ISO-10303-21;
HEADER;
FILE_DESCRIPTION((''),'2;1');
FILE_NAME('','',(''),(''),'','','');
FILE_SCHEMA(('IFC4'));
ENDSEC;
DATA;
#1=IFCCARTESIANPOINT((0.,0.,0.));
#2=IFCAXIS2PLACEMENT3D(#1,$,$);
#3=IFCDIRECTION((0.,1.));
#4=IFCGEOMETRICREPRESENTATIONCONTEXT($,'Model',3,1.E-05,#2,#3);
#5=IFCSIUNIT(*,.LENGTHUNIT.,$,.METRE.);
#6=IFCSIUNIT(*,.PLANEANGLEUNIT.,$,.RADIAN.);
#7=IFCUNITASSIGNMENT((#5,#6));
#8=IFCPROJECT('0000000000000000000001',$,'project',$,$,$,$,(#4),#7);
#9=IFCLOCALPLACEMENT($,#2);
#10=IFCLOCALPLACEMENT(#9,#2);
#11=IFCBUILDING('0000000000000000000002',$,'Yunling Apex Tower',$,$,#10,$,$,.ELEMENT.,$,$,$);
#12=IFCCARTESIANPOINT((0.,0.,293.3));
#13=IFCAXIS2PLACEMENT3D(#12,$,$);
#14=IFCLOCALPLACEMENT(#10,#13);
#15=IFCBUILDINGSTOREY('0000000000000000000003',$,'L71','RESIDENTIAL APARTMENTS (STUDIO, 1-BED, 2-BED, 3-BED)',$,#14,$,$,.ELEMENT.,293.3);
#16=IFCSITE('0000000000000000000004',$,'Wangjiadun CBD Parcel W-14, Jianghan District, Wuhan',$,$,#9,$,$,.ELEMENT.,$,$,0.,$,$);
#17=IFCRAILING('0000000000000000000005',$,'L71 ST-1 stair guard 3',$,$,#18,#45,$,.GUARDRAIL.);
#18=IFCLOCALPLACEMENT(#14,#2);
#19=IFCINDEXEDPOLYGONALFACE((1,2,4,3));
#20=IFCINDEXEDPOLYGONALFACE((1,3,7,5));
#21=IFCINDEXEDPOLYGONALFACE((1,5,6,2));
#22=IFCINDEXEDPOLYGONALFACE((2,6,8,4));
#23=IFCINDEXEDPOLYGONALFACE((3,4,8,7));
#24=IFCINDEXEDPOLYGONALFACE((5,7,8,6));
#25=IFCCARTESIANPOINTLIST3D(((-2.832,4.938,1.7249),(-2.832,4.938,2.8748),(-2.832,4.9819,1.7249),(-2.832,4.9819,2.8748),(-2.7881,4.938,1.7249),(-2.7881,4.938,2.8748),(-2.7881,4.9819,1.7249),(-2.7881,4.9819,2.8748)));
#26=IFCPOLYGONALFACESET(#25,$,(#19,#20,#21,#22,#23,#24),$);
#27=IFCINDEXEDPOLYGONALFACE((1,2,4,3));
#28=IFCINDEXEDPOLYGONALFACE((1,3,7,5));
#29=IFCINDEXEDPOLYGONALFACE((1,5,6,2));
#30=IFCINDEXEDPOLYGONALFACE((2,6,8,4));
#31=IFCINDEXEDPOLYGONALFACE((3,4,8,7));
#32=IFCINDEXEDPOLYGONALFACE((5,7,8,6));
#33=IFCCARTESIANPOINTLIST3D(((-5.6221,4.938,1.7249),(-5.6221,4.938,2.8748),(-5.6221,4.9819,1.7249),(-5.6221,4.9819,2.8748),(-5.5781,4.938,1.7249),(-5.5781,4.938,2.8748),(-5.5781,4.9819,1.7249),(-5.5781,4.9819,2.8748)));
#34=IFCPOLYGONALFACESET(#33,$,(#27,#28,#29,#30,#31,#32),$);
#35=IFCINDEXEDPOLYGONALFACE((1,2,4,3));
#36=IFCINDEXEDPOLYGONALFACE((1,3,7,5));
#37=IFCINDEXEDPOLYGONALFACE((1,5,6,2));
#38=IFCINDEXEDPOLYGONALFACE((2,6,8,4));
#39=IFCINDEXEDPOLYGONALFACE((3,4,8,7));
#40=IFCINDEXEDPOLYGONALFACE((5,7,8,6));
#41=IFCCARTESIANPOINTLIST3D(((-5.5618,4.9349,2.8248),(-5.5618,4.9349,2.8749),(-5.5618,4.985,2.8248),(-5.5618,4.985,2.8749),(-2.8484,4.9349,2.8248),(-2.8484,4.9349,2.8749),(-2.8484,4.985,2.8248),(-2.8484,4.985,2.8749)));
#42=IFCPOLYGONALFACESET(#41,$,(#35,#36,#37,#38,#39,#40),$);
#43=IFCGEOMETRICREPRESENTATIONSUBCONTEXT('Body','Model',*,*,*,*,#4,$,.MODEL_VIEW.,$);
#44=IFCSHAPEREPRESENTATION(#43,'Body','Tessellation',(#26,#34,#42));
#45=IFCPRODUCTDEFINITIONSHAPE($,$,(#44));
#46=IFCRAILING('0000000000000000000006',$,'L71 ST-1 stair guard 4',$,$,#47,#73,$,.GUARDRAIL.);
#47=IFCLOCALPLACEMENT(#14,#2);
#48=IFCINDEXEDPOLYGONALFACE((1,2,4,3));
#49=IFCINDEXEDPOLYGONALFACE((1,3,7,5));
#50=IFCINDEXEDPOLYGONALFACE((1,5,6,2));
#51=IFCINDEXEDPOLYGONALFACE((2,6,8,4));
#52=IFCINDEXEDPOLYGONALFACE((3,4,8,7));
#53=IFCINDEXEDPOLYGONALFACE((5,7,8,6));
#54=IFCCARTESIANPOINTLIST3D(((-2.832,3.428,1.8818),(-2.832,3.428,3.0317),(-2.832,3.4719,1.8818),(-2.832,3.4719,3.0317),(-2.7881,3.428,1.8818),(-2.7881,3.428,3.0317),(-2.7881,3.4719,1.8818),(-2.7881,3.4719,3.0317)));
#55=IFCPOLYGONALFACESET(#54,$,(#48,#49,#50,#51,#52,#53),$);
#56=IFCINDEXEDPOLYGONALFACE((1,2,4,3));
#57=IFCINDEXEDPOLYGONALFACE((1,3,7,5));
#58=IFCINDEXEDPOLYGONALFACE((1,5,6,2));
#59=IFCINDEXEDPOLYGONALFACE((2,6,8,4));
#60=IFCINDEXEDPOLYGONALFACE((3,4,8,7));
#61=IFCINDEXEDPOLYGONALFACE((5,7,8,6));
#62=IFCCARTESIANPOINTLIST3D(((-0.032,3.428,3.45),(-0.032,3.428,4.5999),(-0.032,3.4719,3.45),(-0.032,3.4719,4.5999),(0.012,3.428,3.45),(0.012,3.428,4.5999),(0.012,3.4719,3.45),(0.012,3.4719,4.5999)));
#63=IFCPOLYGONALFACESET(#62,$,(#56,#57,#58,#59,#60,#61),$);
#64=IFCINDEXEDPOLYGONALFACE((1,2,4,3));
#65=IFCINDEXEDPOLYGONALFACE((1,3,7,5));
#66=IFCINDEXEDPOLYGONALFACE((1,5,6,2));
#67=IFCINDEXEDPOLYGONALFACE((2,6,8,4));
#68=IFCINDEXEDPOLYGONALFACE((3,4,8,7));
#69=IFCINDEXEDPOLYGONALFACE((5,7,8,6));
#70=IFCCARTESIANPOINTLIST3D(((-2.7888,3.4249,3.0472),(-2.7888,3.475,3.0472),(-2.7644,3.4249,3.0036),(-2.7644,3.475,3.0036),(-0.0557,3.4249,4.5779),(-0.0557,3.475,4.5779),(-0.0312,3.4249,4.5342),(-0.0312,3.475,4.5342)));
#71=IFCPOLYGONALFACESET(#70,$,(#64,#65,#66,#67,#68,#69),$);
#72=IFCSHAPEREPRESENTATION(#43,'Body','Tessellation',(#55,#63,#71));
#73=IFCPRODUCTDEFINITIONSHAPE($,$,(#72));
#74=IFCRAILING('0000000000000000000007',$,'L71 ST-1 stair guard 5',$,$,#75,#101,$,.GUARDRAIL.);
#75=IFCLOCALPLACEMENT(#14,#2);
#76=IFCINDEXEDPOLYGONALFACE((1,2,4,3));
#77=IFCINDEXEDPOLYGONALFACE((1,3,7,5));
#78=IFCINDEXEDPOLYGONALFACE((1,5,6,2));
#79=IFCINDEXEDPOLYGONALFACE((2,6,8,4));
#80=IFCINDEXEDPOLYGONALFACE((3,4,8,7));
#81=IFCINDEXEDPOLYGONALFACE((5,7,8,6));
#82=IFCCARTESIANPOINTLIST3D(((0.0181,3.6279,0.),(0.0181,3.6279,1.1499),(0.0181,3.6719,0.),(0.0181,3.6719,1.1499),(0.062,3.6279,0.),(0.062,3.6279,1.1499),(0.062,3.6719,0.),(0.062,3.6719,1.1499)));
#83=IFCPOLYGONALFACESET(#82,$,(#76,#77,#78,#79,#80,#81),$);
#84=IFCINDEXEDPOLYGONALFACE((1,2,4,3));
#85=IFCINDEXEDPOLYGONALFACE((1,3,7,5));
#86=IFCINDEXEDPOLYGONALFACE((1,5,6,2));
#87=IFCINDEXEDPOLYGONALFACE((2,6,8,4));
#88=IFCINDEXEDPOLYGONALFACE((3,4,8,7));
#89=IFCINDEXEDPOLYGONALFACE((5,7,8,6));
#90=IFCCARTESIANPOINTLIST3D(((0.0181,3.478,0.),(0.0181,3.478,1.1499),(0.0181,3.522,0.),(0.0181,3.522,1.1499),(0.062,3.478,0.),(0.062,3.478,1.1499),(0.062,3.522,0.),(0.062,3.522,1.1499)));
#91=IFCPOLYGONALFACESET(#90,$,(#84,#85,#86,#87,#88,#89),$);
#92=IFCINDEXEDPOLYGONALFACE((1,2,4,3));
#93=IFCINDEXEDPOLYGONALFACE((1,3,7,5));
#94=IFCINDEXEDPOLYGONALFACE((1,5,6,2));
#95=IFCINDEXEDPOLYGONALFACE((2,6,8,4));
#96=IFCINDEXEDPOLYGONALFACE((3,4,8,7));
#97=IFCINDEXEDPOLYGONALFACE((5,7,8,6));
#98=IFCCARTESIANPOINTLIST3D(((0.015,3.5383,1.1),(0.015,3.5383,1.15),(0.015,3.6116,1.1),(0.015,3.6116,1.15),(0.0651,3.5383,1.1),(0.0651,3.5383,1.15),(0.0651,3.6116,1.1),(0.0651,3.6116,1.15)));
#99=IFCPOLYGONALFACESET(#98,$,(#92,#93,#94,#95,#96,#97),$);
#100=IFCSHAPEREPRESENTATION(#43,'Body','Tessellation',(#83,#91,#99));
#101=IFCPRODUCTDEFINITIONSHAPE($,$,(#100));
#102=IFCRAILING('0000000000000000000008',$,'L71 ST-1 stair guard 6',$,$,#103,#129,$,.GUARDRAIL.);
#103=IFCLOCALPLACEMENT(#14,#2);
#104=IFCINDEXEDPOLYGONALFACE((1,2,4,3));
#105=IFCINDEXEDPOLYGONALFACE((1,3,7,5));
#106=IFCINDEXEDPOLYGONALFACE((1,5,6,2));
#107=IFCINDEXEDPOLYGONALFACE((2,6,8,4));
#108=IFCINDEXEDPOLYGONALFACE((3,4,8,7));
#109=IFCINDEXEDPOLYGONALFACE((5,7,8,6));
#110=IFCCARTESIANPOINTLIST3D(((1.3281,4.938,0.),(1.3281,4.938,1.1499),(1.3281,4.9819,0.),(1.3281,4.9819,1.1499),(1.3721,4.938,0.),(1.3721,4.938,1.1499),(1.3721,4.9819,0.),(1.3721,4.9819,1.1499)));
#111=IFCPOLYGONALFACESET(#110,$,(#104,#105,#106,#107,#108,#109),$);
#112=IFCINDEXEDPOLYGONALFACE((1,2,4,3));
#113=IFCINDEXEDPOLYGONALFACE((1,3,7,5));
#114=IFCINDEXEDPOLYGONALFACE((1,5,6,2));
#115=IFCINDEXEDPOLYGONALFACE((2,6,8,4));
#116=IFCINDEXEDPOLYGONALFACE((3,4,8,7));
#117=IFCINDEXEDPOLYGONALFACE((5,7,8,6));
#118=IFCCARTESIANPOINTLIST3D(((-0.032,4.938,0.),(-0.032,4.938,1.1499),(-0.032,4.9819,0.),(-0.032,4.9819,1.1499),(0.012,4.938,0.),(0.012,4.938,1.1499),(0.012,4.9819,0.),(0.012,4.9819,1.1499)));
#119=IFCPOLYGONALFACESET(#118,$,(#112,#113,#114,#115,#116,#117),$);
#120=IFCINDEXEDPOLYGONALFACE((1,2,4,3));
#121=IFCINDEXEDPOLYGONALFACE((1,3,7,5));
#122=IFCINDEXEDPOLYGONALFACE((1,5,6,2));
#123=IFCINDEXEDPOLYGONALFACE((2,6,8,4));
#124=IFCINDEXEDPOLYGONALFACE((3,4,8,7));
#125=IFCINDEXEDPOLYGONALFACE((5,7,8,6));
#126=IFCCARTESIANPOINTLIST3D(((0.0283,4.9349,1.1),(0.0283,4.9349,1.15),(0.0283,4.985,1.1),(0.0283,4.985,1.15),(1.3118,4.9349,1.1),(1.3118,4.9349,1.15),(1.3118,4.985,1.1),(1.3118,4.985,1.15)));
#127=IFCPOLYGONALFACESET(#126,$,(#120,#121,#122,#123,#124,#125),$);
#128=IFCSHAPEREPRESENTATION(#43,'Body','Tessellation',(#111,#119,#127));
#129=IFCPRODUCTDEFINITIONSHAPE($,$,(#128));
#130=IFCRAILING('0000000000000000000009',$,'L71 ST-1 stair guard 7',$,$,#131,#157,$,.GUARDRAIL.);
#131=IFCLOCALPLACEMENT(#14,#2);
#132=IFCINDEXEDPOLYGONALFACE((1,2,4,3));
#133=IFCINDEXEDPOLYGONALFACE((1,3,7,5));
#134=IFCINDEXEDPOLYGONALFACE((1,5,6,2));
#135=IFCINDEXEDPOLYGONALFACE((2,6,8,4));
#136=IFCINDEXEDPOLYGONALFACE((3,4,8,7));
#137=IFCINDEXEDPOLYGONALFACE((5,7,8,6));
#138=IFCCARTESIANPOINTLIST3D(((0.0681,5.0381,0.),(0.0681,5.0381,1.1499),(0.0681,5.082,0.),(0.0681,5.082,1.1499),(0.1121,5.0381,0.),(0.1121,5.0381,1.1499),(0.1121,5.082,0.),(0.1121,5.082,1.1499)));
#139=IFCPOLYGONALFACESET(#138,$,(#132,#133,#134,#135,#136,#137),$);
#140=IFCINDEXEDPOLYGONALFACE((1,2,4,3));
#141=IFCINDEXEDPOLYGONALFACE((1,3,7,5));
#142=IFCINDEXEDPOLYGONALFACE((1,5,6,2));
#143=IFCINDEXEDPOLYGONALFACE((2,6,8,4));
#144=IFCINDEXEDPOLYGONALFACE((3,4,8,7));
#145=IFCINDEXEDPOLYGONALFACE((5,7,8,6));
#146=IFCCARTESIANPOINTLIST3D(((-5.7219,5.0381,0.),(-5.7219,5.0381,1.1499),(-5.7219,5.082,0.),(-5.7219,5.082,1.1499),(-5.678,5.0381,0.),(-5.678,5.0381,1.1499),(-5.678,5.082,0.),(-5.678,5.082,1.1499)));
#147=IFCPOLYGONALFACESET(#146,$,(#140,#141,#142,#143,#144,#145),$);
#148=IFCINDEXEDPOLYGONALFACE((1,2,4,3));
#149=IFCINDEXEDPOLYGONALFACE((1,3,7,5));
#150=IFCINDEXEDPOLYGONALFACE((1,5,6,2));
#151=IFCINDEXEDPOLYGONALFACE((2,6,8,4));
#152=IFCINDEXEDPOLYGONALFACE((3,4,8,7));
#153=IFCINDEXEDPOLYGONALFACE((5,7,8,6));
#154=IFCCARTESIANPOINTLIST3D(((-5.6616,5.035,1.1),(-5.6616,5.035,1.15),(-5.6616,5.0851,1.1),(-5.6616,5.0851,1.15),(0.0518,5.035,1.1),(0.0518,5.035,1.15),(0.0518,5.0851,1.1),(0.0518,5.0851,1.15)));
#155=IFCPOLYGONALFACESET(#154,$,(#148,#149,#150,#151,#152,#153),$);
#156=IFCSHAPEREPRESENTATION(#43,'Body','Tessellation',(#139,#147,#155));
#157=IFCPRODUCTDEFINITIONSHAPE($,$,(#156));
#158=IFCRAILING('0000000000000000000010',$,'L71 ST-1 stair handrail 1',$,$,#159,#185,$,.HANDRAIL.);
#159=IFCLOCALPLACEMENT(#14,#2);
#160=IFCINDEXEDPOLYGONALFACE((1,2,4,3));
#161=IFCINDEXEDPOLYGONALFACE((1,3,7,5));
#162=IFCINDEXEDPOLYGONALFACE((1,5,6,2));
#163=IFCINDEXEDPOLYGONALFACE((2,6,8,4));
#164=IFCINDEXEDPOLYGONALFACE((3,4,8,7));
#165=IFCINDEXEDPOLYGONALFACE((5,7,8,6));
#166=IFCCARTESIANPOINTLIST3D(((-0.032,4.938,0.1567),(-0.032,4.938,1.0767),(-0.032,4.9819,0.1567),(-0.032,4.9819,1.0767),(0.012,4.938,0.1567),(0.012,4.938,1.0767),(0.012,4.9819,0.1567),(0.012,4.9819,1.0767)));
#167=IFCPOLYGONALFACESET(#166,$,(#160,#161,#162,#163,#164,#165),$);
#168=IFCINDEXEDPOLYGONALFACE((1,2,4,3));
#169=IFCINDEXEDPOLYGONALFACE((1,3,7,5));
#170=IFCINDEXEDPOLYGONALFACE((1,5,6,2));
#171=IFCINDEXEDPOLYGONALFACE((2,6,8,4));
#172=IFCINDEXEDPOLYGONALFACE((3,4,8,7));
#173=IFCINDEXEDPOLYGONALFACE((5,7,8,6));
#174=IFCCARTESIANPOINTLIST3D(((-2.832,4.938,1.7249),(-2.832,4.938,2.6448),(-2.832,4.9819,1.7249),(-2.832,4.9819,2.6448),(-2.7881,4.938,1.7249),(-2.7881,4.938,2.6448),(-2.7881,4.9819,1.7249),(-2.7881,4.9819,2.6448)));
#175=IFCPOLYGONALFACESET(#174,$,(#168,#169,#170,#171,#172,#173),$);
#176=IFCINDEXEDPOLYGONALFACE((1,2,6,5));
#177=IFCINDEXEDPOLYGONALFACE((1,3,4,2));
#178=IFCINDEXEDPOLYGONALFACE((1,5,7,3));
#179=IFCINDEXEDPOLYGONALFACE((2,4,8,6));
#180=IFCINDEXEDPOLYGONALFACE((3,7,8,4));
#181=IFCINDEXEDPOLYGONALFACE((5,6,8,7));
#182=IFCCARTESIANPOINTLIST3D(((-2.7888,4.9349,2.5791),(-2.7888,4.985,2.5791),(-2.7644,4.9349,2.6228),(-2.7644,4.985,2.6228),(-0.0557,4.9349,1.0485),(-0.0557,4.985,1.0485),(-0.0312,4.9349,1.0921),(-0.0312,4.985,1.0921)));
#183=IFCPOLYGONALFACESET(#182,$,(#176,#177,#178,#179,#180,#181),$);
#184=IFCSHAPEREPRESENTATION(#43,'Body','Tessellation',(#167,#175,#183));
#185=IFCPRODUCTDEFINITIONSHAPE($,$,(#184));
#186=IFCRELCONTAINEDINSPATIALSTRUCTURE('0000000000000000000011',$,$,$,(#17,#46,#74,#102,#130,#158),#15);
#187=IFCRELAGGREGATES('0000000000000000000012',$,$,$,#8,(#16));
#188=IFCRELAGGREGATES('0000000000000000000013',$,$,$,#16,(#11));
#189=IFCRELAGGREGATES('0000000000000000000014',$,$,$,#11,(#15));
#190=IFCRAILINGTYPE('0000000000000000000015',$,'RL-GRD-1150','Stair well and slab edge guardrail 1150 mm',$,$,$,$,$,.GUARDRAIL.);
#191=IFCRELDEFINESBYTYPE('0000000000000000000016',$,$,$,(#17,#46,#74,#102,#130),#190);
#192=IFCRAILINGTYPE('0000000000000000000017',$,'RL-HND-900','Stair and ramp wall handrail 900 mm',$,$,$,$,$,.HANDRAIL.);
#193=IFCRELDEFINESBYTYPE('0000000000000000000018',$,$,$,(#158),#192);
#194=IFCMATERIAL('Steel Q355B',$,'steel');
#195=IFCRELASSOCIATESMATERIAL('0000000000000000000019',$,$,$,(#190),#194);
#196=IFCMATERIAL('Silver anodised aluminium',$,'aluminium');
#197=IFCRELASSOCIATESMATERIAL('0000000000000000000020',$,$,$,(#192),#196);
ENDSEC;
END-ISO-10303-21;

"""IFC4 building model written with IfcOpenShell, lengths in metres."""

from ifc_helpers import new_model, si_unit, direction, frame, origin, origin_2d, place, context, subcontext, project, spatial, rectangle, extrude, material, type_object, element, save


model = new_model("IFC4")

# Units and contexts
model_context = context("Model", 3, precision=1e-05, world=origin(), true_north=direction((0.0, 1.0)))
body_context = subcontext(model_context, "Body", "Model", "MODEL_VIEW")
ifc_project = project(units=[si_unit("LENGTHUNIT", "METRE"), si_unit("PLANEANGLEUNIT", "RADIAN")], contexts=[model_context])

# Site, building, storey
site_placement = place(None, origin())
site = spatial("IfcSite", under=ifc_project, at=site_placement, Name="Wangjiadun CBD Parcel W-14, Jianghan District, Wuhan", CompositionType="ELEMENT", RefElevation=0.0)
building_placement = place(site_placement, origin())
building = spatial("IfcBuilding", under=site, at=building_placement, Name="Yunling Apex Tower", CompositionType="ELEMENT")
storey_placement = place(building_placement, frame((0.0, 0.0, 293.3)))
storey = spatial("IfcBuildingStorey", under=building, at=storey_placement, Name="L71", Description="RESIDENTIAL APARTMENTS (STUDIO, 1-BED, 2-BED, 3-BED)", CompositionType="ELEMENT", Elevation=293.3)

# Shared definitions
ifc_material_1 = material(Name="Steel Q355B", Category="steel")

# Railings
railing_type_1 = type_object("IfcRailingType", Name="RL-GRD-1150", Description="Stair well and slab edge guardrail 1150 mm", PredefinedType="GUARDRAIL", material=ifc_material_1)
railing_1_placement = place(storey_placement, frame((-2.8101, 4.96, 1.7249)))
element("IfcRailing", 1, at=railing_1_placement, inside=storey, type_object=railing_type_1, Name="L71 ST-1 stair guard 3", PredefinedType="GUARDRAIL", context=body_context, shape_type="SweptSolid", body=[
    extrude(rectangle(XDim=0.0439, YDim=0.0439, at=origin_2d()), origin(), (0.0, 0.0, 1.0), 1.1499),
    extrude(rectangle(XDim=0.0439, YDim=0.0439, at=origin_2d()), frame((-2.79, 0.0, 0.0)), (0.0, 0.0, 1.0), 1.1499),
    extrude(rectangle(XDim=0.05, YDim=0.05, at=origin_2d()), frame((-0.0383, 0.0, 1.125), z_axis=(-1.0, 0.0, 0.0), x_axis=(0.0, -1.0, 0.0)), (0.0, 0.0, 1.0), 2.7134),
])
railing_2_placement = place(storey_placement, frame((-2.8101, 3.45, 1.8818)))
element("IfcRailing", 2, at=railing_2_placement, inside=storey, type_object=railing_type_1, Name="L71 ST-1 stair guard 4", PredefinedType="GUARDRAIL", context=body_context, shape_type="SweptSolid", body=[
    extrude(rectangle(XDim=0.0439, YDim=0.0439, at=origin_2d()), origin(), (0.0, 0.0, 1.0), 1.1499),
    extrude(rectangle(XDim=0.0439, YDim=0.0439, at=origin_2d()), frame((2.8, 0.0, 1.5681)), (0.0, 0.0, 1.0), 1.1499),
    extrude(rectangle(XDim=0.05, YDim=0.05, at=origin_2d()), frame((0.0334, 0.0, 1.1436), z_axis=(0.872494, 0.0, 0.488624), x_axis=(0.0, 1.0, 0.0)), (0.0, 0.0, 1.0), 3.1326),
])
railing_3_placement = place(storey_placement, frame((0.04, 3.6499, 0.0)))
element("IfcRailing", 3, at=railing_3_placement, inside=storey, type_object=railing_type_1, Name="L71 ST-1 stair guard 5", PredefinedType="GUARDRAIL", context=body_context, shape_type="SweptSolid", body=[
    extrude(rectangle(XDim=0.0439, YDim=0.0439, at=origin_2d()), origin(), (0.0, 0.0, 1.0), 1.1499),
    extrude(rectangle(XDim=0.0439, YDim=0.0439, at=origin_2d()), frame((0.0, -0.1499, 0.0)), (0.0, 0.0, 1.0), 1.1499),
    extrude(rectangle(XDim=0.05, YDim=0.05, at=origin_2d()), frame((0.0, -0.0383, 1.125), z_axis=(0.0, -1.0, 0.0), x_axis=(1.0, 0.0, 0.0)), (0.0, 0.0, 1.0), 0.0732),
])
railing_4_placement = place(storey_placement, frame((1.3501, 4.96, 0.0)))
element("IfcRailing", 4, at=railing_4_placement, inside=storey, type_object=railing_type_1, Name="L71 ST-1 stair guard 6", PredefinedType="GUARDRAIL", context=body_context, shape_type="SweptSolid", body=[
    extrude(rectangle(XDim=0.0439, YDim=0.0439, at=origin_2d()), origin(), (0.0, 0.0, 1.0), 1.1499),
    extrude(rectangle(XDim=0.0439, YDim=0.0439, at=origin_2d()), frame((-1.3601, 0.0, 0.0)), (0.0, 0.0, 1.0), 1.1499),
    extrude(rectangle(XDim=0.05, YDim=0.05, at=origin_2d()), frame((-0.0383, 0.0, 1.125), z_axis=(-1.0, 0.0, 0.0), x_axis=(0.0, -1.0, 0.0)), (0.0, 0.0, 1.0), 1.2834),
])
railing_5_placement = place(storey_placement, frame((0.0901, 5.0601, 0.0)))
element("IfcRailing", 5, at=railing_5_placement, inside=storey, type_object=railing_type_1, Name="L71 ST-1 stair guard 7", PredefinedType="GUARDRAIL", context=body_context, shape_type="SweptSolid", body=[
    extrude(rectangle(XDim=0.0439, YDim=0.0439, at=origin_2d()), origin(), (0.0, 0.0, 1.0), 1.1499),
    extrude(rectangle(XDim=0.0439, YDim=0.0439, at=origin_2d()), frame((-5.79, 0.0, 0.0)), (0.0, 0.0, 1.0), 1.1499),
    extrude(rectangle(XDim=0.05, YDim=0.05, at=origin_2d()), frame((-0.0383, 0.0, 1.125), z_axis=(-1.0, 0.0, 0.0), x_axis=(0.0, -1.0, 0.0)), (0.0, 0.0, 1.0), 5.7134),
])
ifc_material_2 = material(Name="Silver anodised aluminium", Category="aluminium")
railing_type_2 = type_object("IfcRailingType", Name="RL-HND-900", Description="Stair and ramp wall handrail 900 mm", PredefinedType="HANDRAIL", material=ifc_material_2)
railing_6_placement = place(storey_placement, frame((-0.01, 4.96, 0.1567)))
element("IfcRailing", 6, at=railing_6_placement, inside=storey, type_object=railing_type_2, Name="L71 ST-1 stair handrail 1", PredefinedType="HANDRAIL", context=body_context, shape_type="SweptSolid", body=[
    extrude(rectangle(XDim=0.0439, YDim=0.0439, at=origin_2d()), origin(), (0.0, 0.0, 1.0), 0.9199),
    extrude(rectangle(XDim=0.0439, YDim=0.0439, at=origin_2d()), frame((-2.8, 0.0, 1.5681)), (0.0, 0.0, 1.0), 0.9199),
    extrude(rectangle(XDim=0.05, YDim=0.05, at=origin_2d()), frame((-0.0334, 0.0, 0.9136), z_axis=(-0.872494, 0.0, 0.488624), x_axis=(0.0, -1.0, 0.0)), (0.0, 0.0, 1.0), 3.1326),
])

save(model, "model.ifc")
